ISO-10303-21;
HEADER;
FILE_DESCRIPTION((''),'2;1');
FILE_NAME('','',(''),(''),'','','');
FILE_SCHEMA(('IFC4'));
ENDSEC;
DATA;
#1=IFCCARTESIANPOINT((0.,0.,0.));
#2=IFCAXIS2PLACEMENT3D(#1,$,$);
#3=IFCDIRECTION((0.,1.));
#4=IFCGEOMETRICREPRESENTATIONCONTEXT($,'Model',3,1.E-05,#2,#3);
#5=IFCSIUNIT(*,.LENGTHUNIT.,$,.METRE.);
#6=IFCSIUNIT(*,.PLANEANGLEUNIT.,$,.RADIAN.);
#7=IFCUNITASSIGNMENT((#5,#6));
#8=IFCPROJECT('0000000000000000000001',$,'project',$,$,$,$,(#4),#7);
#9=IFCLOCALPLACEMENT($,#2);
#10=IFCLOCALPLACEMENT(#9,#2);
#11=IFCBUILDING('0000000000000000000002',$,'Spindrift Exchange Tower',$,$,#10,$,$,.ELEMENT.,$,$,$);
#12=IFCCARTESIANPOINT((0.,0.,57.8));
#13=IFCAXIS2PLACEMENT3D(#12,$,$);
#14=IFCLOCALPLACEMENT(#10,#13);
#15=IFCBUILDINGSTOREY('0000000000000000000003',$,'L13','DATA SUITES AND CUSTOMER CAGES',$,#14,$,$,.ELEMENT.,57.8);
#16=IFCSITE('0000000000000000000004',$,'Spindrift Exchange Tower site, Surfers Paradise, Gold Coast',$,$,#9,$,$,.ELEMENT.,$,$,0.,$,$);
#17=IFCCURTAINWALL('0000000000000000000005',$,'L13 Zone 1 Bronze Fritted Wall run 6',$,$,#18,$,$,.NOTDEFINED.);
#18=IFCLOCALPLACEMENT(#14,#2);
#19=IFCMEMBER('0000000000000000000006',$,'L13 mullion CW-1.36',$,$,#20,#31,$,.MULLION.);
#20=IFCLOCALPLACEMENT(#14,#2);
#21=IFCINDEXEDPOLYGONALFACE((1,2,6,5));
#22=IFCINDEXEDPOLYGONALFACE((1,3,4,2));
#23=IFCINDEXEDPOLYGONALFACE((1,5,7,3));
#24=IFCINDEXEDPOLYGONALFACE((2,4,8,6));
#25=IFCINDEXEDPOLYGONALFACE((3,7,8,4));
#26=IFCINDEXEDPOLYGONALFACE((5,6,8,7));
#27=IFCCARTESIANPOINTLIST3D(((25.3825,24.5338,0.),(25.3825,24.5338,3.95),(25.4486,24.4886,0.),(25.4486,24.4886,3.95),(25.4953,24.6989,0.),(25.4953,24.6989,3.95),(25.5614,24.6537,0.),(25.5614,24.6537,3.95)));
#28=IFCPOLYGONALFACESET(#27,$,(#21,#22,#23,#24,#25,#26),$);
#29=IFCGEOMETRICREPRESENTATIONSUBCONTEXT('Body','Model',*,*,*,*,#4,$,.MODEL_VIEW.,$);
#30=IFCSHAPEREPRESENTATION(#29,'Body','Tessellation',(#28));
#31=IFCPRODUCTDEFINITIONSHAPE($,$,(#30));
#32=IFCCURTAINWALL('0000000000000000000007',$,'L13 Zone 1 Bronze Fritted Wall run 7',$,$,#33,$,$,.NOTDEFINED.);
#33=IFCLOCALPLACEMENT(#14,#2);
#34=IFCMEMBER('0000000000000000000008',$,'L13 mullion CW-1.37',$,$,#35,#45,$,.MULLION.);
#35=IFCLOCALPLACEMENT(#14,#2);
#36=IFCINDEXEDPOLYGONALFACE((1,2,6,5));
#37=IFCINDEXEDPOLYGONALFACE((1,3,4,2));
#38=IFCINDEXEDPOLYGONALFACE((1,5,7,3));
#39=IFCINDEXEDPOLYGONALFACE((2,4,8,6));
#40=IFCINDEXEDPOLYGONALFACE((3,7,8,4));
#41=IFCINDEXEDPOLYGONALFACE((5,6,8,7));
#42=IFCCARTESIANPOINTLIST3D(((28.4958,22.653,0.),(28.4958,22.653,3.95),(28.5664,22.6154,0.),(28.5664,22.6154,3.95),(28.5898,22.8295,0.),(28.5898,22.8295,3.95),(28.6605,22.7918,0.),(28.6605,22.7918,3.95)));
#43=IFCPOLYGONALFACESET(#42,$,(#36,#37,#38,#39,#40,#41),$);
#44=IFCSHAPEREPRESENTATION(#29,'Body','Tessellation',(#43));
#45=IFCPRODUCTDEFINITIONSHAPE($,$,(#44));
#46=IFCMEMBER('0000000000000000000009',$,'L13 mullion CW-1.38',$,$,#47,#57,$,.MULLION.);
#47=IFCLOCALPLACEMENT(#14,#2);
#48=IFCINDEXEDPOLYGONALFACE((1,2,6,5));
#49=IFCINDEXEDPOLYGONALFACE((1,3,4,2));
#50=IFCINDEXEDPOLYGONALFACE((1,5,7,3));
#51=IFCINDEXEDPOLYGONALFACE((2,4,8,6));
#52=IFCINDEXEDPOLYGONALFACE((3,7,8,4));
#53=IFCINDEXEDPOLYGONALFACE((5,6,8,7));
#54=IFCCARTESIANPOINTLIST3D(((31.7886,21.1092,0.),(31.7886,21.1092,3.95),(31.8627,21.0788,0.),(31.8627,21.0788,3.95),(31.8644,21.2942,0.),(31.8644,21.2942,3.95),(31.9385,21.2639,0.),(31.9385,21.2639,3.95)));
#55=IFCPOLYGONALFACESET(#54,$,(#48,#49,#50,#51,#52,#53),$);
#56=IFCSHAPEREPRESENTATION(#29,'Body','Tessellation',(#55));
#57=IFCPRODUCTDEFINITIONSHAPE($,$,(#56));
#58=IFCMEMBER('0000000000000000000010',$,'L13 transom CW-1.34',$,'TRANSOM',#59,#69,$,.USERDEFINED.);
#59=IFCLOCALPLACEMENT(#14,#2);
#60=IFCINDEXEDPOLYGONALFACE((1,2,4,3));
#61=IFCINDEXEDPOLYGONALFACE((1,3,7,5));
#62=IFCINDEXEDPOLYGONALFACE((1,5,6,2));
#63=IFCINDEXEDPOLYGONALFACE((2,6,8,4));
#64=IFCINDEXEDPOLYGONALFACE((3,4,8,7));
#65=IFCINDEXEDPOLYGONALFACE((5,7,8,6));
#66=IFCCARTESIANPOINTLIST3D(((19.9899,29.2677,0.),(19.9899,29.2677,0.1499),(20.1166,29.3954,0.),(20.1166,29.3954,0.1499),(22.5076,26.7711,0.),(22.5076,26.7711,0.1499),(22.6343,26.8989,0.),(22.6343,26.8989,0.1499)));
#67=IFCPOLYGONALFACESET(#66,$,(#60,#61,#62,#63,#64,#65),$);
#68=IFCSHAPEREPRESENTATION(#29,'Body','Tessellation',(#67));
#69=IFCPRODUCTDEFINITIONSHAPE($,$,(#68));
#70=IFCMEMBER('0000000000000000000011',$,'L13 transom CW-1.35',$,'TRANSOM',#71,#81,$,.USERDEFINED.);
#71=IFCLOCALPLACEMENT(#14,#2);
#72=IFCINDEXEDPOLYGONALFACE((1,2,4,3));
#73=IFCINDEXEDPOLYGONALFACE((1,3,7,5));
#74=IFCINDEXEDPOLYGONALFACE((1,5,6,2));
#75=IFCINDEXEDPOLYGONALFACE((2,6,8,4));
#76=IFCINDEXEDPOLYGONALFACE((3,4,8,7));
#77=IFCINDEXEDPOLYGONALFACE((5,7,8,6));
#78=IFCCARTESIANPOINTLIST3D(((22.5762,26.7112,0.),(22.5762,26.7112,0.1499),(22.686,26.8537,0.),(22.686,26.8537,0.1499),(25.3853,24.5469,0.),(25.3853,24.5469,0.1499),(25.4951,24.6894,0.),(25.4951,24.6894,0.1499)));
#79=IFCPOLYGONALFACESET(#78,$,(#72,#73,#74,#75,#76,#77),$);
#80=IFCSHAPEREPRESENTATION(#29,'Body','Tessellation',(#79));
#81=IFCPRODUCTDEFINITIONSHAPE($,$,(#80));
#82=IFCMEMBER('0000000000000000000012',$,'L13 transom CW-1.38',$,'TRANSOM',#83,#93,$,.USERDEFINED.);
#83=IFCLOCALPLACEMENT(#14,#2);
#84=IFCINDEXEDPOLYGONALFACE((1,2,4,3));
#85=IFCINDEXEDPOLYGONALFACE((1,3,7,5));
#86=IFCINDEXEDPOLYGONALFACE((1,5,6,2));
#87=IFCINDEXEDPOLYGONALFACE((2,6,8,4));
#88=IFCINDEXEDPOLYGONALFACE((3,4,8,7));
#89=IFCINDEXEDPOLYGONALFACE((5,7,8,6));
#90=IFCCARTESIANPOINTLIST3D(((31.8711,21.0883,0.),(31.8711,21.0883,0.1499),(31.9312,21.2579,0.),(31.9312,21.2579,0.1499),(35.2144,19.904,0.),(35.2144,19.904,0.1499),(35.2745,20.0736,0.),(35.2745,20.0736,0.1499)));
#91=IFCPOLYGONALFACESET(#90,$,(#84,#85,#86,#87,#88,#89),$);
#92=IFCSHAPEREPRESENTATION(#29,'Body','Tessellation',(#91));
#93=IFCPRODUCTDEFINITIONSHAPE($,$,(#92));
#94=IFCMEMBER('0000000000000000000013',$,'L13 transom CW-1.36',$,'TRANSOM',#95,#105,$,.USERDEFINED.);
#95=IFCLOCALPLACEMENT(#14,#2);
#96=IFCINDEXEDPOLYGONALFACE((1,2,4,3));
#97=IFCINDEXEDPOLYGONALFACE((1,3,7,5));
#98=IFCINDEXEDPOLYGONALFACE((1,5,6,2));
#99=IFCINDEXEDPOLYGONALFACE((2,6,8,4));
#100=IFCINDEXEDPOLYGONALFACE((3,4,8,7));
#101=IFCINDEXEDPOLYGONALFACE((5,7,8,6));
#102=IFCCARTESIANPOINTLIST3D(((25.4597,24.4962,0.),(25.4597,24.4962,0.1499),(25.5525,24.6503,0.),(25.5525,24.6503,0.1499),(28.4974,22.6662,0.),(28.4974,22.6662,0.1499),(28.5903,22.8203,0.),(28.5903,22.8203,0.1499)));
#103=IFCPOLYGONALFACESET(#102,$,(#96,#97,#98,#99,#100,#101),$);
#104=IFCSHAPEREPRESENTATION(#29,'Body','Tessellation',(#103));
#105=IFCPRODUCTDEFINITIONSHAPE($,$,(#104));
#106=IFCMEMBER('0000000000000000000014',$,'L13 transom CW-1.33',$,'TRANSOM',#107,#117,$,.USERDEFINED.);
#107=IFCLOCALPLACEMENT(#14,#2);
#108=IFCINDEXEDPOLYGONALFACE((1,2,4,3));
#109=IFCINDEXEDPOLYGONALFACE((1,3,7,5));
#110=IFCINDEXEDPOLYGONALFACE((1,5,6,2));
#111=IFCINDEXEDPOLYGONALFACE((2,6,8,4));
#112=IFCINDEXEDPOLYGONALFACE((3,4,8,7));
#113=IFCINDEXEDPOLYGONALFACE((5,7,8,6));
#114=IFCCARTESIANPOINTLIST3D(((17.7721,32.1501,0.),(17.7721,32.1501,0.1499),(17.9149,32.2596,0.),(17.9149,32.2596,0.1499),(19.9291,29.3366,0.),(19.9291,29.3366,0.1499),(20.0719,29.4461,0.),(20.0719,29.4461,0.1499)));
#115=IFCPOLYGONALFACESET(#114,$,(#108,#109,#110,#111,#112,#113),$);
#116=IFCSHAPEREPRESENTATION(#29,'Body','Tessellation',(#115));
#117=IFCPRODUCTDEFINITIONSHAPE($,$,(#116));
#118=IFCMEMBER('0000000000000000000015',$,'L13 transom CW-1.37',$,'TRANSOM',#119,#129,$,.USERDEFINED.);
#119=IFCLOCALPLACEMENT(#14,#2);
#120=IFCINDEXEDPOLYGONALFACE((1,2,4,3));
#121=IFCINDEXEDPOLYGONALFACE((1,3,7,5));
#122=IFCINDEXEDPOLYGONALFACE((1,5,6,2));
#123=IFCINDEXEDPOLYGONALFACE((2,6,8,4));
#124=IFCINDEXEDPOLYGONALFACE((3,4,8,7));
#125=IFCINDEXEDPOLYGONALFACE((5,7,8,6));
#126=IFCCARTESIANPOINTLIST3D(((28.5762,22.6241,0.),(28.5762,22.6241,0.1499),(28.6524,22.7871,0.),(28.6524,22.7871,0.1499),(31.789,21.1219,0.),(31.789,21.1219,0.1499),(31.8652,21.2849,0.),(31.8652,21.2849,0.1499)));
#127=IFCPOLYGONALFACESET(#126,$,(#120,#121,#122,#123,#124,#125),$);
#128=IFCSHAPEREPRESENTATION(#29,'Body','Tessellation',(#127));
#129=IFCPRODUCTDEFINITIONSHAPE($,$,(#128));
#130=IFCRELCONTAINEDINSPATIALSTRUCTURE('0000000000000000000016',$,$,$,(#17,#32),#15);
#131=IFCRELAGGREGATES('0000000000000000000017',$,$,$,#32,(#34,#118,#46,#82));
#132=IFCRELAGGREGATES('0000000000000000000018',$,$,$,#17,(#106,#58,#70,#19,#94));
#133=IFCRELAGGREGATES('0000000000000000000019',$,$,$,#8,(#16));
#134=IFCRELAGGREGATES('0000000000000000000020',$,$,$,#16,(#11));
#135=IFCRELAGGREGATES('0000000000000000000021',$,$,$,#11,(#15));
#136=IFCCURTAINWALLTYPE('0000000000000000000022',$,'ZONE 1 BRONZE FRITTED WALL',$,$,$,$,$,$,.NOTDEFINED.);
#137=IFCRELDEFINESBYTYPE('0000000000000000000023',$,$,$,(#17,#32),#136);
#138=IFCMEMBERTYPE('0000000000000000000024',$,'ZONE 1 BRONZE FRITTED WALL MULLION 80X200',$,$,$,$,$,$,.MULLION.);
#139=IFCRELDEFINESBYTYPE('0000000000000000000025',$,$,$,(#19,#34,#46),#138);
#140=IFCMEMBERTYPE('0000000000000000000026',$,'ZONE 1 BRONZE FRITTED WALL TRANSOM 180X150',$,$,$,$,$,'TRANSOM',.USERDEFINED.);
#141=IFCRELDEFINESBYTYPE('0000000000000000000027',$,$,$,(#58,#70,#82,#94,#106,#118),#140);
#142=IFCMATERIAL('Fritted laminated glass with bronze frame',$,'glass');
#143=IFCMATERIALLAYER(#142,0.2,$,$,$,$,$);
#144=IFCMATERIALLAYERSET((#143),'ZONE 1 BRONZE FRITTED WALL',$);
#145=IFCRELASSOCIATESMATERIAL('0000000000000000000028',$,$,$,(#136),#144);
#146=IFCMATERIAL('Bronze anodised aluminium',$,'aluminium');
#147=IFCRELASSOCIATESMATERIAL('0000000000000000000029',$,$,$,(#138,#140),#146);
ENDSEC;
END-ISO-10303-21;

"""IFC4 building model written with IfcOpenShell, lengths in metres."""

from ifc_helpers import new_model, si_unit, direction, frame, origin, origin_2d, place, context, subcontext, project, spatial, rectangle, extrude, source, transform, mapped, material, layer, layer_set, material_profile, profile_set, type_object, element, aggregate, save


model = new_model("IFC4")

# Units and contexts
model_context = context("Model", 3, precision=1e-05, world=origin(), true_north=direction((0.0, 1.0)))
body_context = subcontext(model_context, "Body", "Model", "MODEL_VIEW")
ifc_project = project(units=[si_unit("LENGTHUNIT", "METRE"), si_unit("PLANEANGLEUNIT", "RADIAN")], contexts=[model_context])

# Site, building, storey
site_placement = place(None, origin())
site = spatial("IfcSite", under=ifc_project, at=site_placement, Name="Spindrift Exchange Tower site, Surfers Paradise, Gold Coast", CompositionType="ELEMENT", RefElevation=0.0)
building_placement = place(site_placement, origin())
building = spatial("IfcBuilding", under=site, at=building_placement, Name="Spindrift Exchange Tower", CompositionType="ELEMENT")
storey_placement = place(building_placement, frame((0.0, 0.0, 57.8)))
storey = spatial("IfcBuildingStorey", under=building, at=storey_placement, Name="L13", Description="DATA SUITES AND CUSTOMER CAGES", CompositionType="ELEMENT", Elevation=57.8)

# Curtain walls, members
ifc_material_1 = material(Name="Fritted laminated glass with bronze frame", Category="glass")
ifc_layer_1 = layer(ifc_material_1, 0.2)
ifc_layer_set_1 = layer_set([ifc_layer_1], Name="ZONE 1 BRONZE FRITTED WALL")
curtain_wall_type = type_object("IfcCurtainWallType", Name="ZONE 1 BRONZE FRITTED WALL", PredefinedType="NOTDEFINED", material=ifc_layer_set_1)
curtain_wall_1_placement = place(storey_placement, origin())
curtain_wall_1 = element("IfcCurtainWall", 1, at=curtain_wall_1_placement, inside=storey, type_object=curtain_wall_type, Name="L13 Zone 1 Bronze Fritted Wall run 6", PredefinedType="NOTDEFINED")
ifc_material_2 = material(Name="Bronze anodised aluminium", Category="aluminium")
ifc_material_profile_1 = material_profile(ifc_material_2, rectangle(XDim=0.0801, YDim=0.2, at=origin_2d()), Name="ZONE 1 BRONZE FRITTED WALL MULLION 80X200")
ifc_profile_set_1 = profile_set([ifc_material_profile_1], Name="Bronze anodised aluminium")
member_type_1 = type_object("IfcMemberType", Name="ZONE 1 BRONZE FRITTED WALL MULLION 80X200", PredefinedType="MULLION", material=ifc_profile_set_1)
shared_shape_1 = source(origin(), body_context, "Body", "SweptSolid", [
    extrude(rectangle(XDim=0.0801, YDim=0.2, at=origin_2d()), origin(), (0.0, 0.0, 1.0), 3.95),
])
member_1_placement = place(storey_placement, frame((25.4719, 24.5938, 0.0), z_axis=(0.0, 0.0, 1.0), x_axis=(0.825713, -0.564091, 0.0)))
member_1 = element("IfcMember", 2, at=member_1_placement, type_object=member_type_1, Name="L13 mullion CW-1.36", PredefinedType="MULLION", context=body_context, shape_type="MappedRepresentation", body=[
    mapped(shared_shape_1, transform((0.0, 0.0, 0.0), scale=1.0)),
])
curtain_wall_2_placement = place(storey_placement, origin())
curtain_wall_2 = element("IfcCurtainWall", 3, at=curtain_wall_2_placement, inside=storey, type_object=curtain_wall_type, Name="L13 Zone 1 Bronze Fritted Wall run 7", PredefinedType="NOTDEFINED")
member_2_placement = place(storey_placement, frame((28.5781, 22.7224, 0.0), z_axis=(0.0, 0.0, 1.0), x_axis=(0.882441, -0.470424, 0.0)))
member_2 = element("IfcMember", 4, at=member_2_placement, type_object=member_type_1, Name="L13 mullion CW-1.37", PredefinedType="MULLION", context=body_context, shape_type="MappedRepresentation", body=[
    mapped(shared_shape_1, transform((0.0, 0.0, 0.0), scale=1.0)),
])
member_3_placement = place(storey_placement, frame((31.8635, 21.1865, 0.0), z_axis=(0.0, 0.0, 1.0), x_axis=(0.925328, -0.379167, 0.0)))
member_3 = element("IfcMember", 5, at=member_3_placement, type_object=member_type_1, Name="L13 mullion CW-1.38", PredefinedType="MULLION", context=body_context, shape_type="MappedRepresentation", body=[
    mapped(shared_shape_1, transform((0.0, 0.0, 0.0), scale=1.0)),
])

# Members
ifc_material_profile_2 = material_profile(ifc_material_2, rectangle(XDim=0.1799, YDim=0.1499, at=origin_2d()), Name="ZONE 1 BRONZE FRITTED WALL TRANSOM 180X150")
ifc_profile_set_2 = profile_set([ifc_material_profile_2], Name="Bronze anodised aluminium")
member_type_2 = type_object("IfcMemberType", Name="ZONE 1 BRONZE FRITTED WALL TRANSOM 180X150", ElementType="TRANSOM", PredefinedType="USERDEFINED", material=ifc_profile_set_2)
shared_shape_2 = source(origin(), body_context, "Body", "SweptSolid", [
    extrude(rectangle(XDim=0.1799, YDim=0.1499, at=origin_2d()), origin(), (0.0, 0.0, 1.0), 3.5457),
])
member_4_placement = place(storey_placement, frame((20.0532, 29.3315, 0.075), z_axis=(0.710096, -0.704105, 0.0), x_axis=(0.704105, 0.710096, 0.0)))
member_4 = element("IfcMember", 6, at=member_4_placement, type_object=member_type_2, Name="L13 transom CW-1.34", ObjectType="TRANSOM", PredefinedType="USERDEFINED", context=body_context, shape_type="MappedRepresentation", body=[
    mapped(shared_shape_2, transform((0.0, 0.0, 0.0), scale=1.0)),
])
shared_shape_3 = source(origin(), body_context, "Body", "SweptSolid", [
    extrude(rectangle(XDim=0.1799, YDim=0.1499, at=origin_2d()), origin(), (0.0, 0.0, 1.0), 3.5461),
])
member_5_placement = place(storey_placement, frame((22.6311, 26.7825, 0.075), z_axis=(0.79215, -0.610326, 0.0), x_axis=(0.610326, 0.79215, 0.0)))
member_5 = element("IfcMember", 7, at=member_5_placement, type_object=member_type_2, Name="L13 transom CW-1.35", ObjectType="TRANSOM", PredefinedType="USERDEFINED", context=body_context, shape_type="MappedRepresentation", body=[
    mapped(shared_shape_3, transform((0.0, 0.0, 0.0), scale=1.0)),
])
shared_shape_4 = source(origin(), body_context, "Body", "SweptSolid", [
    extrude(rectangle(XDim=0.1799, YDim=0.1499, at=origin_2d()), origin(), (0.0, 0.0, 1.0), 3.5469),
])
member_6_placement = place(storey_placement, frame((31.9011, 21.1731, 0.075), z_axis=(0.942605, -0.333911, 0.0), x_axis=(0.333911, 0.942605, 0.0)))
member_6 = element("IfcMember", 8, at=member_6_placement, type_object=member_type_2, Name="L13 transom CW-1.38", ObjectType="TRANSOM", PredefinedType="USERDEFINED", context=body_context, shape_type="MappedRepresentation", body=[
    mapped(shared_shape_4, transform((0.0, 0.0, 0.0), scale=1.0)),
])
shared_shape_5 = source(origin(), body_context, "Body", "SweptSolid", [
    extrude(rectangle(XDim=0.1799, YDim=0.1499, at=origin_2d()), origin(), (0.0, 0.0, 1.0), 3.5464),
])
member_7_placement = place(storey_placement, frame((25.5061, 24.5732, 0.075), z_axis=(0.856574, -0.516024, 0.0), x_axis=(0.516024, 0.856574, 0.0)))
member_7 = element("IfcMember", 9, at=member_7_placement, type_object=member_type_2, Name="L13 transom CW-1.36", ObjectType="TRANSOM", PredefinedType="USERDEFINED", context=body_context, shape_type="MappedRepresentation", body=[
    mapped(shared_shape_5, transform((0.0, 0.0, 0.0), scale=1.0)),
])
shared_shape_6 = source(origin(), body_context, "Body", "SweptSolid", [
    extrude(rectangle(XDim=0.1799, YDim=0.1499, at=origin_2d()), origin(), (0.0, 0.0, 1.0), 3.5452),
])
member_8_placement = place(storey_placement, frame((17.8435, 32.2048, 0.075), z_axis=(0.608429, -0.793609, 0.0), x_axis=(0.793609, 0.608429, 0.0)))
member_8 = element("IfcMember", 10, at=member_8_placement, type_object=member_type_2, Name="L13 transom CW-1.33", ObjectType="TRANSOM", PredefinedType="USERDEFINED", context=body_context, shape_type="MappedRepresentation", body=[
    mapped(shared_shape_6, transform((0.0, 0.0, 0.0), scale=1.0)),
])
shared_shape_7 = source(origin(), body_context, "Body", "SweptSolid", [
    extrude(rectangle(XDim=0.1799, YDim=0.1499, at=origin_2d()), origin(), (0.0, 0.0, 1.0), 3.5466),
])
member_9_placement = place(storey_placement, frame((28.6143, 22.7056, 0.075), z_axis=(0.905875, -0.423545, 0.0), x_axis=(0.423545, 0.905875, 0.0)))
member_9 = element("IfcMember", 11, at=member_9_placement, type_object=member_type_2, Name="L13 transom CW-1.37", ObjectType="TRANSOM", PredefinedType="USERDEFINED", context=body_context, shape_type="MappedRepresentation", body=[
    mapped(shared_shape_7, transform((0.0, 0.0, 0.0), scale=1.0)),
])

aggregate(curtain_wall_2, [member_2, member_9, member_3, member_6])
aggregate(curtain_wall_1, [member_8, member_4, member_5, member_1, member_7])

save(model, "model.ifc")
